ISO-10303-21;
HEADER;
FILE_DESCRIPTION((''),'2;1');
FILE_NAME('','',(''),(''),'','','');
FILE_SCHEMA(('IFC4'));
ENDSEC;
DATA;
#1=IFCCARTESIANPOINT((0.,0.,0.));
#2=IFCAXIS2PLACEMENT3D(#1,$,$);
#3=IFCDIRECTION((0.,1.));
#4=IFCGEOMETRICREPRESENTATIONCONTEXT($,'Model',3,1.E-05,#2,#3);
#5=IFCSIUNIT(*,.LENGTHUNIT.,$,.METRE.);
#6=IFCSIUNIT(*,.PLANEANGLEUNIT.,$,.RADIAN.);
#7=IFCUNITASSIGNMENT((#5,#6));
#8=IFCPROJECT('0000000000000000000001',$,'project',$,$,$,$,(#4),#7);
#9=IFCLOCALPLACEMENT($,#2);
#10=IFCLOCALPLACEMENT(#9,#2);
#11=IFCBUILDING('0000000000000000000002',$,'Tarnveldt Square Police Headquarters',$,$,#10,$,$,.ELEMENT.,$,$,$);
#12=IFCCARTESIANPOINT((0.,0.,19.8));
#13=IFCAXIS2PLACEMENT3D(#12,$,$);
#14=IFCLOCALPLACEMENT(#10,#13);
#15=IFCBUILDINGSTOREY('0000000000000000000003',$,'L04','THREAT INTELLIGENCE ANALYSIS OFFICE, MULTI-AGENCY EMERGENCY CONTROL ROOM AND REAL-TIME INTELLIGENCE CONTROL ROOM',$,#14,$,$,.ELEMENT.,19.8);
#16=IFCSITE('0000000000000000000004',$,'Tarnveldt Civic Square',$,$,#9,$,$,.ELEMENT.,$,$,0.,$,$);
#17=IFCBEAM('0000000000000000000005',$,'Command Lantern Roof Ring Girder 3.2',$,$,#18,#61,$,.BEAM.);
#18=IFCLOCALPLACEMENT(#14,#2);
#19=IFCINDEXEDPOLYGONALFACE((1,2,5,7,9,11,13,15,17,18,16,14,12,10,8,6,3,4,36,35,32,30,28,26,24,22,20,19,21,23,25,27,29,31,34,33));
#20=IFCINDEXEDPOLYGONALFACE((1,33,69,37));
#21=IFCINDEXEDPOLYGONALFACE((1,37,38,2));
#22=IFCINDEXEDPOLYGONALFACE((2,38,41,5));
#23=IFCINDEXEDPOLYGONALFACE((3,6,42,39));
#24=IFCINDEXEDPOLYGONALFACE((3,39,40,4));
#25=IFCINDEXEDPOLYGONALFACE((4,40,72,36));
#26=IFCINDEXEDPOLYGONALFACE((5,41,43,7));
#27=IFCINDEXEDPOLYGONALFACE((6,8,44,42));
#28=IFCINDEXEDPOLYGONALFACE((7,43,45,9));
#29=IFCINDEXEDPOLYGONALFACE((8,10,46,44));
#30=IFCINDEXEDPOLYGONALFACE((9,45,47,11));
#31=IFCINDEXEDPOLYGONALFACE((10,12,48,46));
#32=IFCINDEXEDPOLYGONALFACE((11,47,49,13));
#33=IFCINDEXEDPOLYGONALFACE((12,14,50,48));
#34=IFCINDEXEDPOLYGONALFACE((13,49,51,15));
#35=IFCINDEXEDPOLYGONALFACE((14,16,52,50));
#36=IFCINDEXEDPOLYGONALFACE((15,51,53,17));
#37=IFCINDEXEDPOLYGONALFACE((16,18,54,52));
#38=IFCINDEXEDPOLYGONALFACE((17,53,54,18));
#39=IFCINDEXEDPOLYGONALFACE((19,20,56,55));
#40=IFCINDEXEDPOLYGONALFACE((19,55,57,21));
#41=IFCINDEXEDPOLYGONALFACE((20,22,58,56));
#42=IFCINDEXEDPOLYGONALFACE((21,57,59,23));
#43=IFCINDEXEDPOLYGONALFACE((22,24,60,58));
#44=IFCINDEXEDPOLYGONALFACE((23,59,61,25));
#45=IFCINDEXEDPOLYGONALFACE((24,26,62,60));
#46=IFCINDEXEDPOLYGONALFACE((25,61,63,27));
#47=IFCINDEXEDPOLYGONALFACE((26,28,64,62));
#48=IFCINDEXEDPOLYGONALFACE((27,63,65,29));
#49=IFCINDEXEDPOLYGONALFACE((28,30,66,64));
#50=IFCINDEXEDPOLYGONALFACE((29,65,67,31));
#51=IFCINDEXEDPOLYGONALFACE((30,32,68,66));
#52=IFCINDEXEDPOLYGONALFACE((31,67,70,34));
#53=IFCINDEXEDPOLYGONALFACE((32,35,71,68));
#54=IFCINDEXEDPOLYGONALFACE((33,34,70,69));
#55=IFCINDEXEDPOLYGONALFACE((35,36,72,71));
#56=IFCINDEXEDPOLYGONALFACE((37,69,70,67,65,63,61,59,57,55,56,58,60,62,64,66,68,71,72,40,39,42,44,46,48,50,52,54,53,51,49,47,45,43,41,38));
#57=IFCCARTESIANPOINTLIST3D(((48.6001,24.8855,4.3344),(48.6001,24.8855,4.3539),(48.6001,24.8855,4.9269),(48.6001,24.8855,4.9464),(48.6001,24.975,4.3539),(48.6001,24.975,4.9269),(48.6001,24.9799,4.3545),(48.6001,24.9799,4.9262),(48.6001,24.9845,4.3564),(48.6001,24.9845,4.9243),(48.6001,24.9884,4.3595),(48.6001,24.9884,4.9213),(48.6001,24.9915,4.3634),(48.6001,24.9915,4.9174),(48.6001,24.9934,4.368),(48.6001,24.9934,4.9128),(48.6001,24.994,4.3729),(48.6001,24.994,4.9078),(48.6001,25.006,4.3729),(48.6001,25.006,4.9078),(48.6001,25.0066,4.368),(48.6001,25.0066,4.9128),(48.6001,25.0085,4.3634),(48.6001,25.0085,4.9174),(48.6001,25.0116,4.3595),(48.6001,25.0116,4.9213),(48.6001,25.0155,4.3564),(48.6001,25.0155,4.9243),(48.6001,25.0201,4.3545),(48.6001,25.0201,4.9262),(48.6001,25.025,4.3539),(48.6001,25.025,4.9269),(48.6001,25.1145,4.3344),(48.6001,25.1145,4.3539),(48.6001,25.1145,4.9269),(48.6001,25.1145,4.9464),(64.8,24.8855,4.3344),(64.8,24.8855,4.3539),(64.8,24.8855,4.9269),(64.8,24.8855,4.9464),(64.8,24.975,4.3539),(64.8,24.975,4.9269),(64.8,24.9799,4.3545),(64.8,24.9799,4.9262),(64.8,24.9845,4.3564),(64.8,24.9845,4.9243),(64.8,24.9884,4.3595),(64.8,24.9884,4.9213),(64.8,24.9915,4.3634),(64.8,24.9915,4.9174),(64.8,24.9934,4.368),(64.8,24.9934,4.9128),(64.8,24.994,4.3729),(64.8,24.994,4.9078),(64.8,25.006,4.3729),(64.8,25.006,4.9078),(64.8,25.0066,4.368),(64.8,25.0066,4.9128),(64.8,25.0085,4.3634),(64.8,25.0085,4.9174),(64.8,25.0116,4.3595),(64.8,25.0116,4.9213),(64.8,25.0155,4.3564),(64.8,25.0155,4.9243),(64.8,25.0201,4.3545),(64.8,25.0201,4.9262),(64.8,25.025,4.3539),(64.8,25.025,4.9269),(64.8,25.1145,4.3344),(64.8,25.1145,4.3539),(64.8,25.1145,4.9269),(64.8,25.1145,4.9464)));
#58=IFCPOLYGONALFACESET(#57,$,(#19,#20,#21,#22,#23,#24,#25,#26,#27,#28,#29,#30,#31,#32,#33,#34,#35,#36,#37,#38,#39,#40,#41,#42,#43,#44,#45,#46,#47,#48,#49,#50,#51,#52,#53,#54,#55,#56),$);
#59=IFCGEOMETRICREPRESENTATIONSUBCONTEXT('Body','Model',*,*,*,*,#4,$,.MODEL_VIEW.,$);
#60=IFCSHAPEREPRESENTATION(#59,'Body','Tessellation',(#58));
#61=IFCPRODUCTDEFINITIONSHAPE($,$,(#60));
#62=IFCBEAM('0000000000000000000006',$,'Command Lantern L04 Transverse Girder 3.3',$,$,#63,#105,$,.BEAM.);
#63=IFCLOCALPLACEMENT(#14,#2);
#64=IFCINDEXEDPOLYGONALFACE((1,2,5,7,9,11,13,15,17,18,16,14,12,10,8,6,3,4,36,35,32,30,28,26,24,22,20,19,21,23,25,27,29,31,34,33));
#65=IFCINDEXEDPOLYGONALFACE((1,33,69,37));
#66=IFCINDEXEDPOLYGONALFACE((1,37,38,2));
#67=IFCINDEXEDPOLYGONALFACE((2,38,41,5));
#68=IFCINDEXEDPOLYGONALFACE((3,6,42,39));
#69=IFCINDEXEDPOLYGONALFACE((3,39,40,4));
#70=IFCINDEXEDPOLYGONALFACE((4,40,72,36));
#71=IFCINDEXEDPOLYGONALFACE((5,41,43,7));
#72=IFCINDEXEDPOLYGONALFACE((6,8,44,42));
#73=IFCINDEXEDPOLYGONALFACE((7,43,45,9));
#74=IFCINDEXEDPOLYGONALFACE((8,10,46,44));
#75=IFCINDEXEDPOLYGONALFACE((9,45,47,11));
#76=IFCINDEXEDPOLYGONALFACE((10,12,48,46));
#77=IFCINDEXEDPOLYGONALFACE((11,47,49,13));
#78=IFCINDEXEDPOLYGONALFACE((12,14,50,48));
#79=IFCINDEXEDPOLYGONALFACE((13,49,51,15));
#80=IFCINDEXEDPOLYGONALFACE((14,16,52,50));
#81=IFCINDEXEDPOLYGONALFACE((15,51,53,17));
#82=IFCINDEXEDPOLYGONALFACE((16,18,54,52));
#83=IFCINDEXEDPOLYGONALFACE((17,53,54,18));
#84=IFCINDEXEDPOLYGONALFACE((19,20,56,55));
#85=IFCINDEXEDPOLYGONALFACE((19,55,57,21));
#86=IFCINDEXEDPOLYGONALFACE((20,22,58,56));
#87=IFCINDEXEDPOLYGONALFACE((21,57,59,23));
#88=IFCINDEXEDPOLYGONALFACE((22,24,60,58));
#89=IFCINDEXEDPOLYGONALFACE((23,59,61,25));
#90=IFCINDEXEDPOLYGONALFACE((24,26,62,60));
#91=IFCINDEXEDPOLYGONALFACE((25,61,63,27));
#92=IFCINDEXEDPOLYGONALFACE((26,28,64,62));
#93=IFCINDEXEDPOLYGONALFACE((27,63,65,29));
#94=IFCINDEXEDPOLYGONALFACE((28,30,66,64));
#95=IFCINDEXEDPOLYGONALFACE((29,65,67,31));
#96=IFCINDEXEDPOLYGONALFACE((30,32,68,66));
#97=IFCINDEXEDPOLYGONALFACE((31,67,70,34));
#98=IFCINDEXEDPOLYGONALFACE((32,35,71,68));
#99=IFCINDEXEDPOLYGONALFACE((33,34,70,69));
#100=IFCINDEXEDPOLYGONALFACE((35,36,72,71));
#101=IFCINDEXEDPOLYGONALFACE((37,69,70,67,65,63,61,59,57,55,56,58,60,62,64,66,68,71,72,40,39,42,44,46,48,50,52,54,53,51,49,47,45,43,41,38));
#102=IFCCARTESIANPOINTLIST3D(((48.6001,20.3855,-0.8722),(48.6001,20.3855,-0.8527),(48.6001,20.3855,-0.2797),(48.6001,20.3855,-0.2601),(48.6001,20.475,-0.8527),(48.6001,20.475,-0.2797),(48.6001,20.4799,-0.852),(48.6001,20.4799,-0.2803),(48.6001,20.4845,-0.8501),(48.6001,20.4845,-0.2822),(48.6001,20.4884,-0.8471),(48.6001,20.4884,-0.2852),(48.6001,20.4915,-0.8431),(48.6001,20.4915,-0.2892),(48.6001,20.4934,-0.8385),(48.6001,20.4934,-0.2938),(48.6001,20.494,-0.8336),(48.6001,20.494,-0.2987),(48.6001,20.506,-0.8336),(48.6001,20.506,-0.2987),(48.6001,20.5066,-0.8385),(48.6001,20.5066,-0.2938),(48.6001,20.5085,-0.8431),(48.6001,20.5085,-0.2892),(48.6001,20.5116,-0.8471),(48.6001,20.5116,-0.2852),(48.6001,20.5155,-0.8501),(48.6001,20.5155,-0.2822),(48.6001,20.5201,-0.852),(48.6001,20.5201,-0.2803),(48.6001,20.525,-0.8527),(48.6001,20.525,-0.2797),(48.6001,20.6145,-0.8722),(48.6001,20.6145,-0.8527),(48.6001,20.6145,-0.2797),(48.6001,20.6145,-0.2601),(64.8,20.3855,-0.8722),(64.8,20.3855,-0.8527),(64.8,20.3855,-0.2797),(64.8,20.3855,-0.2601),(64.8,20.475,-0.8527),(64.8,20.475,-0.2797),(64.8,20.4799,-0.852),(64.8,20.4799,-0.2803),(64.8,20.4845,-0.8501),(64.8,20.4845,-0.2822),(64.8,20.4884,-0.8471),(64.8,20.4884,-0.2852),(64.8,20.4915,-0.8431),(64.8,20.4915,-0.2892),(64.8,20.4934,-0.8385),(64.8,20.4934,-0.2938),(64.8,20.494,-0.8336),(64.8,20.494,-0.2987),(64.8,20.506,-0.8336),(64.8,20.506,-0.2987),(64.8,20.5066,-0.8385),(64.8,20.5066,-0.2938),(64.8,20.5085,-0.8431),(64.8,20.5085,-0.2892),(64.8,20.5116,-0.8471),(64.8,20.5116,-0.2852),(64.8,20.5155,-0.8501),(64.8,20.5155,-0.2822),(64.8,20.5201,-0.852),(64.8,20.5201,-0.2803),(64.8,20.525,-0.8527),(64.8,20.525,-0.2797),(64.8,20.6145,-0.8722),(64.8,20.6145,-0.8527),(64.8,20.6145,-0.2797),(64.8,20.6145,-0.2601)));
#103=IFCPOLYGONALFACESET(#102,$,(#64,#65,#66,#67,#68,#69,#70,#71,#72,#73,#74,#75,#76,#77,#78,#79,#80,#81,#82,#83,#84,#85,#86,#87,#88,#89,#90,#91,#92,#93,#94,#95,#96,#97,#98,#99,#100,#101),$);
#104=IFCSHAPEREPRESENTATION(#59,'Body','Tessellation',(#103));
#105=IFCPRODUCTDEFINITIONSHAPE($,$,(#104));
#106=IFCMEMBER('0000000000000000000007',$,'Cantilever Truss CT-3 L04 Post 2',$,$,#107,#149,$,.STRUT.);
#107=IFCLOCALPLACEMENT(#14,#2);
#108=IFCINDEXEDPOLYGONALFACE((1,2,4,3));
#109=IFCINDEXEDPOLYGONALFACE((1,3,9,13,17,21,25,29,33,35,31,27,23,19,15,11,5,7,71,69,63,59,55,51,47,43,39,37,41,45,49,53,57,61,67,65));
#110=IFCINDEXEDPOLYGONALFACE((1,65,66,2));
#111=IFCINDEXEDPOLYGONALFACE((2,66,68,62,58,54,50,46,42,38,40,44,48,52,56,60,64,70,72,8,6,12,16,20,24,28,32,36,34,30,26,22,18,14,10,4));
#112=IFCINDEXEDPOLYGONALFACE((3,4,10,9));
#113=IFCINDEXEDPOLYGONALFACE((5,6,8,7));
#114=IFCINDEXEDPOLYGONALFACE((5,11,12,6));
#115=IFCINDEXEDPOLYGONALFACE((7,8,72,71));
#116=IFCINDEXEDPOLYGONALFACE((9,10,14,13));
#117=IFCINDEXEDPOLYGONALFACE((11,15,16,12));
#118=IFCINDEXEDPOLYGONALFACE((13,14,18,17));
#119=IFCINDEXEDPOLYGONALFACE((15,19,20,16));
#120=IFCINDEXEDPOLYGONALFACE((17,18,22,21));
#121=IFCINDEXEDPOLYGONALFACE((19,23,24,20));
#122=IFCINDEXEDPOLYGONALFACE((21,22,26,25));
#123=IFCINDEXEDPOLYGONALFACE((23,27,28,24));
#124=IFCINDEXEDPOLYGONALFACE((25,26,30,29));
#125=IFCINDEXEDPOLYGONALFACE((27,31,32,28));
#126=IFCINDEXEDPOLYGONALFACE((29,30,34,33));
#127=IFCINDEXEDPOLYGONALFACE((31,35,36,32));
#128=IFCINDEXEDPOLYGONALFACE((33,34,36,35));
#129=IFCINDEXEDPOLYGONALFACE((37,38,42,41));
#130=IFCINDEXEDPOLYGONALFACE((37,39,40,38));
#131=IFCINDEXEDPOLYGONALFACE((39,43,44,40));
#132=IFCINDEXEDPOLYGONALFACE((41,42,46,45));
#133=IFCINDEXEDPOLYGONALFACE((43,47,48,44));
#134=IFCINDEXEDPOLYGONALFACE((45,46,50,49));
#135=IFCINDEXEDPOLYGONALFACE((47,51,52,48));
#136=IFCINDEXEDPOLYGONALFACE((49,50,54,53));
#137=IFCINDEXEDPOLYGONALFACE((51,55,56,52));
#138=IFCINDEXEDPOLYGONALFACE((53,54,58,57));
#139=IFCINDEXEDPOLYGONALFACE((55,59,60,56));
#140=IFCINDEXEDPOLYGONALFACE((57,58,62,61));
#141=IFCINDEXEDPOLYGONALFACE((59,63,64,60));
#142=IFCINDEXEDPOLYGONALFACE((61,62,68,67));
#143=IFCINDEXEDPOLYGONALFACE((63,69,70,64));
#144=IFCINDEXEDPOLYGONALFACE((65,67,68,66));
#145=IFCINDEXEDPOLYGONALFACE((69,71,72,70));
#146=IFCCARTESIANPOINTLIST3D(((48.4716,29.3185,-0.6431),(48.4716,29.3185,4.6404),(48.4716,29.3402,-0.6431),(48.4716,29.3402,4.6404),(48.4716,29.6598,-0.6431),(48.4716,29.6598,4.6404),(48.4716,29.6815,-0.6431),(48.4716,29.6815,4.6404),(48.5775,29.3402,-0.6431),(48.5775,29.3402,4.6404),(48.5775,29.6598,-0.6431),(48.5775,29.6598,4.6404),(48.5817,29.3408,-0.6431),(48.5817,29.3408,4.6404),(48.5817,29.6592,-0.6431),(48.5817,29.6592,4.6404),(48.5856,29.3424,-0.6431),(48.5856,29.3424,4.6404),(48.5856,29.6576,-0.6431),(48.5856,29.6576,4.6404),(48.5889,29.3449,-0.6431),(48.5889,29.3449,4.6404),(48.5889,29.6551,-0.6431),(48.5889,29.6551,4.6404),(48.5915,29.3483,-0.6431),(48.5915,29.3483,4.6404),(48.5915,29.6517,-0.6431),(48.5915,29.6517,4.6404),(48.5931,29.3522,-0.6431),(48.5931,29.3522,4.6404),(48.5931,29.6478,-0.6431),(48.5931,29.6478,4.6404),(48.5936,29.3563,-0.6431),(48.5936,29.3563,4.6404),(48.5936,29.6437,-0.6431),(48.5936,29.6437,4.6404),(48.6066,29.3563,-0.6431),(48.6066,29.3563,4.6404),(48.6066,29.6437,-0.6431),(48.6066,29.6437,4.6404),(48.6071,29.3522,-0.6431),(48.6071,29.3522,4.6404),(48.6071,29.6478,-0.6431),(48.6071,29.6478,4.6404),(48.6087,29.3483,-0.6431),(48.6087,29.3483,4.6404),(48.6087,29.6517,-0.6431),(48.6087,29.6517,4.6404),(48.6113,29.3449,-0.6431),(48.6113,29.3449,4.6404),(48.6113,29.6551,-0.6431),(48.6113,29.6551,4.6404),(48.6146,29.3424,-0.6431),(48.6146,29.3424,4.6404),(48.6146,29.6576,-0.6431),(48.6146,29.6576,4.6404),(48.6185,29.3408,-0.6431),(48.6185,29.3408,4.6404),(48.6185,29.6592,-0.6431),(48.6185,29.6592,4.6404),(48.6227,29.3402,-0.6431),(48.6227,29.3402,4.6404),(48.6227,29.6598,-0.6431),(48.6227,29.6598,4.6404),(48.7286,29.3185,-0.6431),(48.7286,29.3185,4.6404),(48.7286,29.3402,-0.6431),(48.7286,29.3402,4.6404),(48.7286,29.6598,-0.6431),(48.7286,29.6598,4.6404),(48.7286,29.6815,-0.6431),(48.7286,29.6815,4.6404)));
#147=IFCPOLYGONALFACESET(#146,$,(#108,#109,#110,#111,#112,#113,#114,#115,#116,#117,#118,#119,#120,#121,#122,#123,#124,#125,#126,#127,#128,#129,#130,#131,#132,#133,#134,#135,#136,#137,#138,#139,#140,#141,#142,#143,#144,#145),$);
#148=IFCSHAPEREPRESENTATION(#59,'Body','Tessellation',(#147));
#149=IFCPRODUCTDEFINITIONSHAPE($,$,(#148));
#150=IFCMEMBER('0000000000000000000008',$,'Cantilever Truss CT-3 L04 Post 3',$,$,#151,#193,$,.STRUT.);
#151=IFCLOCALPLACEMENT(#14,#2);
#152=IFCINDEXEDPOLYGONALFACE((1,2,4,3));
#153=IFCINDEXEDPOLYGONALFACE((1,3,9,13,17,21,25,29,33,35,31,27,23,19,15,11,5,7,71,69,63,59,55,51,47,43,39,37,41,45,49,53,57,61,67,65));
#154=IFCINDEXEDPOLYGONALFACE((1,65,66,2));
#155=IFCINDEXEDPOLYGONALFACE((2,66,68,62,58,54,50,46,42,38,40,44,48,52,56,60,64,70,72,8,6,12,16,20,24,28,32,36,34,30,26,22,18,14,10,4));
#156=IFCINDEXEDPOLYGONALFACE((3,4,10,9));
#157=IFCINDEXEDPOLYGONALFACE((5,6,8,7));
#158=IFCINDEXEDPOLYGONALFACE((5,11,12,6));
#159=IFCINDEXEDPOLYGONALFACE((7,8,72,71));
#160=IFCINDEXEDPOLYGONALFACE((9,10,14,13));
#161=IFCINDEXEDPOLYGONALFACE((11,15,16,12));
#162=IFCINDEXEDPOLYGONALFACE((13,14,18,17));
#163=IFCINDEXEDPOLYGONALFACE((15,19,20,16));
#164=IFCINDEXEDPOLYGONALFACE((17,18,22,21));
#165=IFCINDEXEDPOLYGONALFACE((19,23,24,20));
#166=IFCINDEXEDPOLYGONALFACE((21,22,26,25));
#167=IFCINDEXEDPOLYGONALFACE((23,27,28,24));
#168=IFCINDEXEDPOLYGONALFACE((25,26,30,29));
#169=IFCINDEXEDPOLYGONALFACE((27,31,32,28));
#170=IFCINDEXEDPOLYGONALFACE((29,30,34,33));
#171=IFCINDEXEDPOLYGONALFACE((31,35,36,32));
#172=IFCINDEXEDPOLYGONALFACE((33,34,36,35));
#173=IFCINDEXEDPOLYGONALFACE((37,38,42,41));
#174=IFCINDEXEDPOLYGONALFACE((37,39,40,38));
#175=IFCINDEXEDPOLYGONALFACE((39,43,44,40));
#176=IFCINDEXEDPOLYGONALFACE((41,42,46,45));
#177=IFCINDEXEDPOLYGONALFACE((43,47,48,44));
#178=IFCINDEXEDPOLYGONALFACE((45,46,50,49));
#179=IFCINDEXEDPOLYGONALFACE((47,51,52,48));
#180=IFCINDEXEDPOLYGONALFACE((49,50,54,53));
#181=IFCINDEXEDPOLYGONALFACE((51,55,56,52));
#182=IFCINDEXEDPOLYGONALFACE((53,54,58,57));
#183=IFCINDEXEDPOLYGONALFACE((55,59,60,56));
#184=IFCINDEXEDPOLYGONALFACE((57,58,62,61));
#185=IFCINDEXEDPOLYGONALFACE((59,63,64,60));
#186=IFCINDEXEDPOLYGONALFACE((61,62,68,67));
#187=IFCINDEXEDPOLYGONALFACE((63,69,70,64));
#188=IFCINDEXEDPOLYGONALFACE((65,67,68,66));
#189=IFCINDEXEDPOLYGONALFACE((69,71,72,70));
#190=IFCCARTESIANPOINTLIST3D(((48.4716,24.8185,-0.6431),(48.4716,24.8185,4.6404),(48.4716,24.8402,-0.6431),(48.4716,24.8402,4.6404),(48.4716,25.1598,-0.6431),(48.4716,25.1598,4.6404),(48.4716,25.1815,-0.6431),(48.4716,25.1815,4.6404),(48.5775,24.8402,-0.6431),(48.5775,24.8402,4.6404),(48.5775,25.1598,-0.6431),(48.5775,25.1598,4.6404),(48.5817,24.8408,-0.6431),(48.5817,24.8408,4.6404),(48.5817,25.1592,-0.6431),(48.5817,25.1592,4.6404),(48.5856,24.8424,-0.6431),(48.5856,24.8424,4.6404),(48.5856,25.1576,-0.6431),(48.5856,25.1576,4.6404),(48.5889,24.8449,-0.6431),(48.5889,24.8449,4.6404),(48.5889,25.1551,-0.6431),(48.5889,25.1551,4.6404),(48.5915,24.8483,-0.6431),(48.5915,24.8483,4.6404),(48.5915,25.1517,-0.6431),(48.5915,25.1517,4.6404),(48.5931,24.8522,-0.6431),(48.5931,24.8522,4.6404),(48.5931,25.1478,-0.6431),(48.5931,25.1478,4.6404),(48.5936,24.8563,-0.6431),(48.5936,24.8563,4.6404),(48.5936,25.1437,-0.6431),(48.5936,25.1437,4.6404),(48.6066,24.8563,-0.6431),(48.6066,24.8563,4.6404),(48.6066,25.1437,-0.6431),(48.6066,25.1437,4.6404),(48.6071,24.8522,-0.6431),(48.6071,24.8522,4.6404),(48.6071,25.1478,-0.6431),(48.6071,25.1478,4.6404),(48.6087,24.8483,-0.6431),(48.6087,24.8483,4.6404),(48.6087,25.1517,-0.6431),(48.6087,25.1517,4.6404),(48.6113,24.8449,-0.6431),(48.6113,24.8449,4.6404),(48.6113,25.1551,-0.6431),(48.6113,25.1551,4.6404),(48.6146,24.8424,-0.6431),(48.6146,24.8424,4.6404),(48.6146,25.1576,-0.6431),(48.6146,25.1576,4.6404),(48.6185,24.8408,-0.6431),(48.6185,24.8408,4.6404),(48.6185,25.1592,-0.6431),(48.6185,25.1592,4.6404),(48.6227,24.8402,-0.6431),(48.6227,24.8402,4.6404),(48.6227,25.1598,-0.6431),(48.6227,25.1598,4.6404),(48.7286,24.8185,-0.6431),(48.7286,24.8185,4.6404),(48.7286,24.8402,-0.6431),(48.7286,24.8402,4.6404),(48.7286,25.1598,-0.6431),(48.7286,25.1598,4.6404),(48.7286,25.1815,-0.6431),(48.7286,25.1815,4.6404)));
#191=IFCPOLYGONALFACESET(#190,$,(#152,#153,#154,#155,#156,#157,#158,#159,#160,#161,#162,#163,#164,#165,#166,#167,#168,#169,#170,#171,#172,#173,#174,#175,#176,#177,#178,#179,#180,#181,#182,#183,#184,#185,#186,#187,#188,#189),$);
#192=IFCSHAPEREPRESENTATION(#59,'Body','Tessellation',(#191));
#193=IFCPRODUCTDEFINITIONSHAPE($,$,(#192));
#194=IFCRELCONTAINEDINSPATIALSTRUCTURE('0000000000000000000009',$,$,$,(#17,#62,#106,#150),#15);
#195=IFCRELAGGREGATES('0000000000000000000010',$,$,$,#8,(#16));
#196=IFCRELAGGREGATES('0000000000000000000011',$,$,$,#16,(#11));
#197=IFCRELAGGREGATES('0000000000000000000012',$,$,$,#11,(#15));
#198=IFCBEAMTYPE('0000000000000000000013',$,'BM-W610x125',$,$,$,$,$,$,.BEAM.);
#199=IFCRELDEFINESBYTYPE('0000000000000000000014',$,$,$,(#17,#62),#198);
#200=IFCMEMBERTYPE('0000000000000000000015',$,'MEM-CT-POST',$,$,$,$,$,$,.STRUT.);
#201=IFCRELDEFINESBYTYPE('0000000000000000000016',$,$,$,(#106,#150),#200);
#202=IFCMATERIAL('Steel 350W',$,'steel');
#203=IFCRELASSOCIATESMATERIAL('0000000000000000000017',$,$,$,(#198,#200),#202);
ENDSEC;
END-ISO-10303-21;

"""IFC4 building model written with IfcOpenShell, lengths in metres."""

from ifc_helpers import new_model, si_unit, direction, frame, origin, origin_2d, place, context, subcontext, project, spatial, i_section, extrude, material, material_profile, profile_set, type_object, element, save


model = new_model("IFC4")

# Units and contexts
model_context = context("Model", 3, precision=1e-05, world=origin(), true_north=direction((0.0, 1.0)))
body_context = subcontext(model_context, "Body", "Model", "MODEL_VIEW")
ifc_project = project(units=[si_unit("LENGTHUNIT", "METRE"), si_unit("PLANEANGLEUNIT", "RADIAN")], contexts=[model_context])

# Site, building, storey
site_placement = place(None, origin())
site = spatial("IfcSite", under=ifc_project, at=site_placement, Name="Tarnveldt Civic Square", CompositionType="ELEMENT", RefElevation=0.0)
building_placement = place(site_placement, origin())
building = spatial("IfcBuilding", under=site, at=building_placement, Name="Tarnveldt Square Police Headquarters", CompositionType="ELEMENT")
storey_placement = place(building_placement, frame((0.0, 0.0, 19.8)))
storey = spatial("IfcBuildingStorey", under=building, at=storey_placement, Name="L04", Description="THREAT INTELLIGENCE ANALYSIS OFFICE, MULTI-AGENCY EMERGENCY CONTROL ROOM AND REAL-TIME INTELLIGENCE CONTROL ROOM", CompositionType="ELEMENT", Elevation=19.8)

# Beams
ifc_material_1 = material(Name="Steel 350W", Category="steel")
ifc_material_profile_1 = material_profile(ifc_material_1, i_section(OverallWidth=0.229, OverallDepth=0.6121, WebThickness=0.012, FlangeThickness=0.0195, FilletRadius=0.019, at=origin_2d()), Name="W610x125")
ifc_profile_set_1 = profile_set([ifc_material_profile_1], Name="Steel 350W")
beam_type_1 = type_object("IfcBeamType", Name="BM-W610x125", PredefinedType="BEAM", material=ifc_profile_set_1)
for number, where, z_axis, x_axis, name in (
    (1, (48.6001, 25.0, 4.6404), (1.0, 0.0, 0.0), (0.0, 1.0, 0.0), "Command Lantern Roof Ring Girder 3.2"),
    (2, (48.6001, 20.5, -0.5662), (1.0, 0.0, 0.0), (0.0, 1.0, 0.0), "Command Lantern L04 Transverse Girder 3.3"),
):
    element("IfcBeam", number, at=place(storey_placement, frame(where, z_axis=z_axis, x_axis=x_axis)), inside=storey, type_object=beam_type_1, Name=name, PredefinedType="BEAM", context=body_context, shape_type="SweptSolid", body=[
        extrude(i_section(OverallWidth=0.229, OverallDepth=0.6121, WebThickness=0.012, FlangeThickness=0.0195, FilletRadius=0.019, at=origin_2d()), origin(), (0.0, 0.0, 1.0), 16.2),
    ])

# Members
ifc_material_profile_2 = material_profile(ifc_material_1, i_section(OverallWidth=0.2571, OverallDepth=0.363, WebThickness=0.0129, FlangeThickness=0.0217, FilletRadius=0.0161, at=origin_2d()), Name="W360x122")
ifc_profile_set_2 = profile_set([ifc_material_profile_2], Name="Steel 350W")
member_type_1 = type_object("IfcMemberType", Name="MEM-CT-POST", PredefinedType="STRUT", material=ifc_profile_set_2)
for number, where, z_axis, x_axis, name in (
    (3, (48.6001, 29.5, -0.6431), (0.0, 0.0, 1.0), (1.0, 0.0, 0.0), "Cantilever Truss CT-3 L04 Post 2"),
    (4, (48.6001, 25.0, -0.6431), (0.0, 0.0, 1.0), (1.0, 0.0, 0.0), "Cantilever Truss CT-3 L04 Post 3"),
):
    element("IfcMember", number, at=place(storey_placement, frame(where, z_axis=z_axis, x_axis=x_axis)), inside=storey, type_object=member_type_1, Name=name, PredefinedType="STRUT", context=body_context, shape_type="SweptSolid", body=[
        extrude(i_section(OverallWidth=0.2571, OverallDepth=0.363, WebThickness=0.0129, FlangeThickness=0.0217, FilletRadius=0.0161, at=origin_2d()), origin(), (0.0, 0.0, 1.0), 5.2834),
    ])

save(model, "model.ifc")
